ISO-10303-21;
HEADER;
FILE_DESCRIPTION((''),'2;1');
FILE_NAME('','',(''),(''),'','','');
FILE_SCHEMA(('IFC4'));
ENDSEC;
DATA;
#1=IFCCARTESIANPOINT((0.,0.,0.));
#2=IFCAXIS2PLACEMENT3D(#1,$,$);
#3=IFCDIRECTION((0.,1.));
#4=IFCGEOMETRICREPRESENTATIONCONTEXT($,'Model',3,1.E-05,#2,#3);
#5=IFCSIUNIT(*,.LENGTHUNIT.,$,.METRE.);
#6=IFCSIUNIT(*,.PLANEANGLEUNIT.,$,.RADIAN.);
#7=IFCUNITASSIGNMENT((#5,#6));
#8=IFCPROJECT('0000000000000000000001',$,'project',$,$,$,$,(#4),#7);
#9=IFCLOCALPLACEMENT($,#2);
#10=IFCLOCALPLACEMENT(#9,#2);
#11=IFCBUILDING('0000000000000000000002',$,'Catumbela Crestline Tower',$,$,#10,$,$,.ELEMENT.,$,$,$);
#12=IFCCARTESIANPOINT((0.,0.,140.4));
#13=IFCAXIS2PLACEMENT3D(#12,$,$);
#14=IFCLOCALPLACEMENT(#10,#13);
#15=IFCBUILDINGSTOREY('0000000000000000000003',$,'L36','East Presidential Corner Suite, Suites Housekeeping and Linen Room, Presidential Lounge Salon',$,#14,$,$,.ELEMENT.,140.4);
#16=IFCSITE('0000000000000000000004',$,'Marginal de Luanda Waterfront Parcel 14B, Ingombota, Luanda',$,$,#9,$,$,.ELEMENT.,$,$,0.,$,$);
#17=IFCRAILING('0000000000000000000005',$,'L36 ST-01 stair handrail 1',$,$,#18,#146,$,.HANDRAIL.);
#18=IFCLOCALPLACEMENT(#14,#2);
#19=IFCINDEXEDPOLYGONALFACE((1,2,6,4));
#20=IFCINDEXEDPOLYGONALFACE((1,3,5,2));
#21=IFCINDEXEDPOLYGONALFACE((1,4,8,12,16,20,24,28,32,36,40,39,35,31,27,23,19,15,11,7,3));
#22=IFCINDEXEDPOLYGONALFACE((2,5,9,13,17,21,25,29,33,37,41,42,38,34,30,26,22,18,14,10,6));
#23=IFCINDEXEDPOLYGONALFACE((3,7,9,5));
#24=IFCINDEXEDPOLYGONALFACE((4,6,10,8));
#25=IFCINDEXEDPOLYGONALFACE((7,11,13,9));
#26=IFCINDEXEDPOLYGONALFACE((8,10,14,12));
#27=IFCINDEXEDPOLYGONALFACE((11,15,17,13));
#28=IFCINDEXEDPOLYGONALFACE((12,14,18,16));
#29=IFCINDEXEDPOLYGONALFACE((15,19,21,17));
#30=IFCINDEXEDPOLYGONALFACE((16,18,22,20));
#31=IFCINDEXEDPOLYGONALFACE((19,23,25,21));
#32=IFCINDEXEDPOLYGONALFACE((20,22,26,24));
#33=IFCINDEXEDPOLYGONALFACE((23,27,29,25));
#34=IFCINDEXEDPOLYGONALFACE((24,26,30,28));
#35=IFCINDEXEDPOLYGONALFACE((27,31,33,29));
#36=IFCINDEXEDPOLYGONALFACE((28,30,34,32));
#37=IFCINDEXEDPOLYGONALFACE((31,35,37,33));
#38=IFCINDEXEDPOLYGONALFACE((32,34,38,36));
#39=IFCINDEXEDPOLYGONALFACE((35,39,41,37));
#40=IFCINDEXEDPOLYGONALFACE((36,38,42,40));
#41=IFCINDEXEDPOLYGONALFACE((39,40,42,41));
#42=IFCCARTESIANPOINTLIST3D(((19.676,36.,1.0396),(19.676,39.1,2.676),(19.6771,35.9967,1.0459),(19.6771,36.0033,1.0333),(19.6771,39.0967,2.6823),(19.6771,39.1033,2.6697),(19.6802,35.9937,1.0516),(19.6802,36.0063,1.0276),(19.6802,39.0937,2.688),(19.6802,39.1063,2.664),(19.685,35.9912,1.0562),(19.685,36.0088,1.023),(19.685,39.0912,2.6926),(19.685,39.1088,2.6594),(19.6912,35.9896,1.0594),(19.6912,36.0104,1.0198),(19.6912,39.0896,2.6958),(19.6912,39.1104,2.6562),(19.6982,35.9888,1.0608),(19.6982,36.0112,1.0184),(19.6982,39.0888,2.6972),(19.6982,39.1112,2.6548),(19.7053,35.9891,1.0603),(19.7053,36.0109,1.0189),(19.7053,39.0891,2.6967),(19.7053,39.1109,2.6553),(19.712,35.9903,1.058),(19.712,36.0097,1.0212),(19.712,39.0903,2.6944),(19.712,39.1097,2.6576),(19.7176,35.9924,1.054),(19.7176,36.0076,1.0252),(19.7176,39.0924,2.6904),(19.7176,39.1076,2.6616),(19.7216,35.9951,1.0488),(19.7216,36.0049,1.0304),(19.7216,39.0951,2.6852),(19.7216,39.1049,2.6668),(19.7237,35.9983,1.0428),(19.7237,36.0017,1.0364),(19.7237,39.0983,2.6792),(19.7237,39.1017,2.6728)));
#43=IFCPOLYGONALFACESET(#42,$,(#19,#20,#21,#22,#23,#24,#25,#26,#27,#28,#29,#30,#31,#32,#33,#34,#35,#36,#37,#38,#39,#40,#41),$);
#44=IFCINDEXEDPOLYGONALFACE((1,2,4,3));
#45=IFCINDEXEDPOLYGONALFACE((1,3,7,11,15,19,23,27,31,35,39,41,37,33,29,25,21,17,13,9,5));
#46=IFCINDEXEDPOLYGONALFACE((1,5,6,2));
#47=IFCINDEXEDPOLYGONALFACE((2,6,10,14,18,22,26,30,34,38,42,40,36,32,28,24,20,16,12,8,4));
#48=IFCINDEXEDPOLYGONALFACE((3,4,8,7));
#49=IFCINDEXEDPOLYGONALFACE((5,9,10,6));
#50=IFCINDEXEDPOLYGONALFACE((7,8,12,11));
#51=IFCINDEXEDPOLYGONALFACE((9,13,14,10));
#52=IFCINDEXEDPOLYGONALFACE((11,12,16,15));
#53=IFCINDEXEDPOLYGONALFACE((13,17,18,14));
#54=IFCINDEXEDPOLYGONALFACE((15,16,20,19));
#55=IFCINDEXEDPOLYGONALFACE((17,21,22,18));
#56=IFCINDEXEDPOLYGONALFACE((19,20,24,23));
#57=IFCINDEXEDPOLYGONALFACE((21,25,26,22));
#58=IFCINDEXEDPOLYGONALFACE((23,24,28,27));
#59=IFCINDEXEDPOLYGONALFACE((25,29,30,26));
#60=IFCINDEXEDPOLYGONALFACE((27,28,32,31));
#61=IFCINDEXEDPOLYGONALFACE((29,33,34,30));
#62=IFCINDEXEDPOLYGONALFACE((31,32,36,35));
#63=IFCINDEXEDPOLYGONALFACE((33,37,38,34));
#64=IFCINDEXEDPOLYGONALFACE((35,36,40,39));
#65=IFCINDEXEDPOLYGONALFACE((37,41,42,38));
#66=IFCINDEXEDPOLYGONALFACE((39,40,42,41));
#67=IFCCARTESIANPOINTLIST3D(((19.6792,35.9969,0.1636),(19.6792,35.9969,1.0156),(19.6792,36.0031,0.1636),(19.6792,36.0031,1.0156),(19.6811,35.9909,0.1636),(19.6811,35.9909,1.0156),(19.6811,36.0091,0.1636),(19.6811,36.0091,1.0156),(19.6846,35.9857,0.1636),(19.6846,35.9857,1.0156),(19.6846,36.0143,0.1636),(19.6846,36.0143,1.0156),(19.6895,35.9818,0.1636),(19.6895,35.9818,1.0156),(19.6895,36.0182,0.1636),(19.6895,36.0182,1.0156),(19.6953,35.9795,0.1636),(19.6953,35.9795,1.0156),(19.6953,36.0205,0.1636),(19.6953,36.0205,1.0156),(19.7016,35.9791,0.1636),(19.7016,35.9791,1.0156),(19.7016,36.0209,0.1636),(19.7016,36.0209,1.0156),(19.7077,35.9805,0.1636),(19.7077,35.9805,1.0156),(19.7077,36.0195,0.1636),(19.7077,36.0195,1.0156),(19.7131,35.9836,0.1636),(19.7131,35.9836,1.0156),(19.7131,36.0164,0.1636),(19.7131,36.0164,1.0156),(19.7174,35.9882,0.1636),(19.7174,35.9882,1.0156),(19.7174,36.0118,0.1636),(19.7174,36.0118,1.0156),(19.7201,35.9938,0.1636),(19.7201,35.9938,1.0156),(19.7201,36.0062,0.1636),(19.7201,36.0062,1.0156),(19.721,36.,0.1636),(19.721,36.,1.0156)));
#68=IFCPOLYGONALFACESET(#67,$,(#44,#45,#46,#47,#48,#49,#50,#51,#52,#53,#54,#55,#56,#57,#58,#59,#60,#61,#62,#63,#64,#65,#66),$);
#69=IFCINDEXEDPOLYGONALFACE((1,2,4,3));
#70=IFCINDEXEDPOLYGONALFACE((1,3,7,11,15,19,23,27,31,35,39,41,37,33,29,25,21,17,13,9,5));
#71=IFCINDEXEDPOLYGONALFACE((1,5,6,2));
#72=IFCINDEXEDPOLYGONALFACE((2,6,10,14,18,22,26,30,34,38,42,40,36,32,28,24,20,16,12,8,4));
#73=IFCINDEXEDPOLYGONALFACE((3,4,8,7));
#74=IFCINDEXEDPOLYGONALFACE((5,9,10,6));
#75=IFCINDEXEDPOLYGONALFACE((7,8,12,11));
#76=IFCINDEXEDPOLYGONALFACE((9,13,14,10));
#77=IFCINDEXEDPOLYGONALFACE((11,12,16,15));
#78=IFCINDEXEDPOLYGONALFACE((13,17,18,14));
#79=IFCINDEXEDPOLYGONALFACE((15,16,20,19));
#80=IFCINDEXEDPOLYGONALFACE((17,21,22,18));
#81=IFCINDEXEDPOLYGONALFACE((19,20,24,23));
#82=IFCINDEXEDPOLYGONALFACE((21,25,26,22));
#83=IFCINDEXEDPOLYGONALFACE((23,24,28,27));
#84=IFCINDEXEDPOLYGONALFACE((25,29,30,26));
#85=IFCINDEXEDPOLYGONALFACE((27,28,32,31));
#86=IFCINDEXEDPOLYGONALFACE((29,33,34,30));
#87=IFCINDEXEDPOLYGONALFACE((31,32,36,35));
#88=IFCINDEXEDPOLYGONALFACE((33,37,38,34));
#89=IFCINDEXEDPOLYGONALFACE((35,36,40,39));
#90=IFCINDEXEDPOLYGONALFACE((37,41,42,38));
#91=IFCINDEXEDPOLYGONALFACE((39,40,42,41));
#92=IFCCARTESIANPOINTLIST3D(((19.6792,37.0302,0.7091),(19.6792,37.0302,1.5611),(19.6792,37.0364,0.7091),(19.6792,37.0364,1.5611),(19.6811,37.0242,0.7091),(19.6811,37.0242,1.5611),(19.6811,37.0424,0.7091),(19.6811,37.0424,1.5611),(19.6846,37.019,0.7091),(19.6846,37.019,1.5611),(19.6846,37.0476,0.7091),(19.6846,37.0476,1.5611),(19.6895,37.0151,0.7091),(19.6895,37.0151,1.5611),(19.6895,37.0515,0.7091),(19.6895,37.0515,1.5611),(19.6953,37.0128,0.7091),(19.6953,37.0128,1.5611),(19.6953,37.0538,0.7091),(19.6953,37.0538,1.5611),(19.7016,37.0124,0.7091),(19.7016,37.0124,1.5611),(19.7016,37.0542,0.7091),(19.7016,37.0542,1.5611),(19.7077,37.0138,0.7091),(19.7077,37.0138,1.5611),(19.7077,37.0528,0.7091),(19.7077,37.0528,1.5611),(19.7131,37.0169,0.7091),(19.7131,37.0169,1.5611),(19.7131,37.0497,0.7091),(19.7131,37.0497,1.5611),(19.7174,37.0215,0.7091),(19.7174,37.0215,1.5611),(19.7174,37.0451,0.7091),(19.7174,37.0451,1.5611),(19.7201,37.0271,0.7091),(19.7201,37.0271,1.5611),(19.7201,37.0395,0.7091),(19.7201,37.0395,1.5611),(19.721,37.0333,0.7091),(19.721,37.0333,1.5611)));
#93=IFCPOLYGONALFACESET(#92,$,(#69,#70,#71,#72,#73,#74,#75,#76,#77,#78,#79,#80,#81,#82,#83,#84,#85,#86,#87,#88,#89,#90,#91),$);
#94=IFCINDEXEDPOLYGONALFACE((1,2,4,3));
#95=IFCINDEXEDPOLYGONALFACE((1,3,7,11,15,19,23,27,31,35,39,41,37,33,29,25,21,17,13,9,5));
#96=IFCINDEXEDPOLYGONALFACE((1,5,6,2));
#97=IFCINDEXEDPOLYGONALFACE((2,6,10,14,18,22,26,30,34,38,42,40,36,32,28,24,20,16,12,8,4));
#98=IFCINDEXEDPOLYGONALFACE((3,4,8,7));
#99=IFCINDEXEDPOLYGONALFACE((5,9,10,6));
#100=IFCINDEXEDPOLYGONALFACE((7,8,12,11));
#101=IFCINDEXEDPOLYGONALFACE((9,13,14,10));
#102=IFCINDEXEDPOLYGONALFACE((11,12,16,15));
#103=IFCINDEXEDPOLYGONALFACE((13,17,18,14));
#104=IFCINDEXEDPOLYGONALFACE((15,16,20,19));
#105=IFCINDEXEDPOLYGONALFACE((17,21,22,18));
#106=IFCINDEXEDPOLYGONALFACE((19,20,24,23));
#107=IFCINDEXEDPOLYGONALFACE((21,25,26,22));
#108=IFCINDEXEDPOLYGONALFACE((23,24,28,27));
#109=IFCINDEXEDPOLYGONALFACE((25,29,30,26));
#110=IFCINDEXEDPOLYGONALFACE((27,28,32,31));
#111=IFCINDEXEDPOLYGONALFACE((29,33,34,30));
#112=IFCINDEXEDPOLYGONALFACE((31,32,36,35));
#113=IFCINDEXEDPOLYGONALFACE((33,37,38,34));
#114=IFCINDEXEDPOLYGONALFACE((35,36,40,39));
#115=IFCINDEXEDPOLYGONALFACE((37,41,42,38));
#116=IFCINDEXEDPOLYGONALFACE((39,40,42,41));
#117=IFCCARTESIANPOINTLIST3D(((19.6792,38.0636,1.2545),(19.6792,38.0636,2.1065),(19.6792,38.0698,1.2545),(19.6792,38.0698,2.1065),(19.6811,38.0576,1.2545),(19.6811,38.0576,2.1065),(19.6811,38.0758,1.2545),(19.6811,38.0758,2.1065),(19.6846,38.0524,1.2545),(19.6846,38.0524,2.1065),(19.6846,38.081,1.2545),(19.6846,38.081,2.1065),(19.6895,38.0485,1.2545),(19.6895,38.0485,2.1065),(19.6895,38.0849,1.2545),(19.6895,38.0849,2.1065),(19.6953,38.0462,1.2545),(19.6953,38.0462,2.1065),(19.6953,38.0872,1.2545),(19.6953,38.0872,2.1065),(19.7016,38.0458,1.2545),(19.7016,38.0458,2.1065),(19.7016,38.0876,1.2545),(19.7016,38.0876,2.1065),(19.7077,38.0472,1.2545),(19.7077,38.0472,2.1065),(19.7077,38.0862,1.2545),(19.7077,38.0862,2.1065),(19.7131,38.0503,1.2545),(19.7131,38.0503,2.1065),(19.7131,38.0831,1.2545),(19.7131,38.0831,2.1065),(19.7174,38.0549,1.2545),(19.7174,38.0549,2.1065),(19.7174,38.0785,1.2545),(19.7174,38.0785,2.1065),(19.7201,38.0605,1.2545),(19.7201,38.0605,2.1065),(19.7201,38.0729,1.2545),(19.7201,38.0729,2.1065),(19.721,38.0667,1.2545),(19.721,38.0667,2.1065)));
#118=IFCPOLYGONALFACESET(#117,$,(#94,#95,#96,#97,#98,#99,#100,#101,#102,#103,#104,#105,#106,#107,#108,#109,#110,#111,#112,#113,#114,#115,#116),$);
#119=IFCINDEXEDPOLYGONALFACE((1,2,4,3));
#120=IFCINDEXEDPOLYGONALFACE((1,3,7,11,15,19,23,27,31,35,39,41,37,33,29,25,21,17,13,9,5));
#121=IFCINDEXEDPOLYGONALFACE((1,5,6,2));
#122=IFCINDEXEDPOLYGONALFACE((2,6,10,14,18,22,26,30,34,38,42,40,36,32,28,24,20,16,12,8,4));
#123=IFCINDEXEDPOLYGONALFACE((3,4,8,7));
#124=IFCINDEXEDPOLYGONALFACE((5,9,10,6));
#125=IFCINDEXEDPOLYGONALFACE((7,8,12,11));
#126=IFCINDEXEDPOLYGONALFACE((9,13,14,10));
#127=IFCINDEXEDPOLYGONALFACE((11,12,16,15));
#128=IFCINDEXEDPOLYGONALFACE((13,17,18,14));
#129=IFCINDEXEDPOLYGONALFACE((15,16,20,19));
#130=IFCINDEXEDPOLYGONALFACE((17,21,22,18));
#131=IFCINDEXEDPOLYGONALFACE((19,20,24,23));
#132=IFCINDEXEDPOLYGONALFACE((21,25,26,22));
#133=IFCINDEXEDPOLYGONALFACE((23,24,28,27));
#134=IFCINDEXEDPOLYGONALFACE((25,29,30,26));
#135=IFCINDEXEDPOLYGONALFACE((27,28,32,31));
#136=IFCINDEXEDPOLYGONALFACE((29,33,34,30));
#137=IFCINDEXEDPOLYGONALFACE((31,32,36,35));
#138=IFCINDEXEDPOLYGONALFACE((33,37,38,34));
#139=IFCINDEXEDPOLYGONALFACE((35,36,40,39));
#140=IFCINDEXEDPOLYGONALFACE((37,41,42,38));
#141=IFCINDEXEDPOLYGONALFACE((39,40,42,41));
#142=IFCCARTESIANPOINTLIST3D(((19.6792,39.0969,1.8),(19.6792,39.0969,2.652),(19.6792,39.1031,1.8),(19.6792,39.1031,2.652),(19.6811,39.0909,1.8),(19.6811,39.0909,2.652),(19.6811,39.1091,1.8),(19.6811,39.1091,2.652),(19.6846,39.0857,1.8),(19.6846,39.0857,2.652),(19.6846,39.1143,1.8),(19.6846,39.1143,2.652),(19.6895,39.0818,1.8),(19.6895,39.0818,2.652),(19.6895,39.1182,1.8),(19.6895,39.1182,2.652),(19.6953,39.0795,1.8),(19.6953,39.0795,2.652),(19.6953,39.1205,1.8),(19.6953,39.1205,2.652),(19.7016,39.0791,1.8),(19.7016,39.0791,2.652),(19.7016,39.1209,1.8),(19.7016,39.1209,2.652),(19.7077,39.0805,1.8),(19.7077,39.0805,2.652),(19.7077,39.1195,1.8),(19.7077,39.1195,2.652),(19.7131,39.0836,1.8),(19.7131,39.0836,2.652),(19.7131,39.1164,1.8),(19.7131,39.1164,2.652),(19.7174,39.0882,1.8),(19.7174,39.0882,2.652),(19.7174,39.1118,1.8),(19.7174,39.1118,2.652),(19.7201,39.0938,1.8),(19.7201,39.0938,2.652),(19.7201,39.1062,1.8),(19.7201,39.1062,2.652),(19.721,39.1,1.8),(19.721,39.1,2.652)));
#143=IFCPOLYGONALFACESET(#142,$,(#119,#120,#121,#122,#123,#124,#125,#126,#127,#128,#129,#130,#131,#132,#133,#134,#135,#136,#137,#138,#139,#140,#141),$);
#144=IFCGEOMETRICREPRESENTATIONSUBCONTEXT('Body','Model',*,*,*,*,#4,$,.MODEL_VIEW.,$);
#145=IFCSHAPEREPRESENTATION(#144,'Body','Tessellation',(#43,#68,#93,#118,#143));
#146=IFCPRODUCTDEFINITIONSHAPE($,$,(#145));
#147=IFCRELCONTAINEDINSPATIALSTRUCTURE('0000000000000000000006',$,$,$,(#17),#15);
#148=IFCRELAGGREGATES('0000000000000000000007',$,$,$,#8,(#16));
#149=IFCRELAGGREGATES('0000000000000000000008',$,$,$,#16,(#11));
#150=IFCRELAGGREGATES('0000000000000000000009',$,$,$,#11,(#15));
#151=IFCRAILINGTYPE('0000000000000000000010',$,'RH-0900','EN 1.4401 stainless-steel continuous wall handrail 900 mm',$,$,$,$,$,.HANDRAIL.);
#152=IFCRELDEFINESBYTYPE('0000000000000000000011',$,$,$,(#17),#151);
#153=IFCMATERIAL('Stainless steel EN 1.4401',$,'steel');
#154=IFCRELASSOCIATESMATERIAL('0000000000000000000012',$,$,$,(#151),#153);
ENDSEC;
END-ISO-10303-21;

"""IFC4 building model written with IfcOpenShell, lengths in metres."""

from ifc_helpers import new_model, si_unit, direction, frame, origin, origin_2d, place, context, subcontext, project, spatial, circle, extrude, material, type_object, element, save


model = new_model("IFC4")

# Units and contexts
model_context = context("Model", 3, precision=1e-05, world=origin(), true_north=direction((0.0, 1.0)))
body_context = subcontext(model_context, "Body", "Model", "MODEL_VIEW")
ifc_project = project(units=[si_unit("LENGTHUNIT", "METRE"), si_unit("PLANEANGLEUNIT", "RADIAN")], contexts=[model_context])

# Site, building, storey
site_placement = place(None, origin())
site = spatial("IfcSite", under=ifc_project, at=site_placement, Name="Marginal de Luanda Waterfront Parcel 14B, Ingombota, Luanda", CompositionType="ELEMENT", RefElevation=0.0)
building_placement = place(site_placement, origin())
building = spatial("IfcBuilding", under=site, at=building_placement, Name="Catumbela Crestline Tower", CompositionType="ELEMENT")
storey_placement = place(building_placement, frame((0.0, 0.0, 140.4)))
storey = spatial("IfcBuildingStorey", under=building, at=storey_placement, Name="L36", Description="East Presidential Corner Suite, Suites Housekeeping and Linen Room, Presidential Lounge Salon", CompositionType="ELEMENT", Elevation=140.4)

# Shared definitions
ifc_material_1 = material(Name="Stainless steel EN 1.4401", Category="steel")

# Railing
railing_type = type_object("IfcRailingType", Name="RH-0900", Description="EN 1.4401 stainless-steel continuous wall handrail 900 mm", PredefinedType="HANDRAIL", material=ifc_material_1)
railing_placement = place(storey_placement, frame((19.7, 36.0, 0.1636)))
element("IfcRailing", 1, at=railing_placement, inside=storey, type_object=railing_type, Name="L36 ST-01 stair handrail 1", PredefinedType="HANDRAIL", context=body_context, shape_type="SweptSolid", body=[
    extrude(circle(Radius=0.024, at=origin_2d()), frame((0.0, 0.0, 0.876), z_axis=(0.0, 0.884351, 0.466823), x_axis=(-1.0, 0.0, 0.0)), (0.0, 0.0, 1.0), 3.5054),
    extrude(circle(Radius=0.021, at=origin_2d()), origin(), (0.0, 0.0, 1.0), 0.852),
    extrude(circle(Radius=0.021, at=origin_2d()), frame((0.0, 1.0333, 0.5455)), (0.0, 0.0, 1.0), 0.852),
    extrude(circle(Radius=0.021, at=origin_2d()), frame((0.0, 2.0667, 1.0909)), (0.0, 0.0, 1.0), 0.852),
    extrude(circle(Radius=0.021, at=origin_2d()), frame((0.0, 3.1, 1.6364)), (0.0, 0.0, 1.0), 0.852),
])

save(model, "model.ifc")
